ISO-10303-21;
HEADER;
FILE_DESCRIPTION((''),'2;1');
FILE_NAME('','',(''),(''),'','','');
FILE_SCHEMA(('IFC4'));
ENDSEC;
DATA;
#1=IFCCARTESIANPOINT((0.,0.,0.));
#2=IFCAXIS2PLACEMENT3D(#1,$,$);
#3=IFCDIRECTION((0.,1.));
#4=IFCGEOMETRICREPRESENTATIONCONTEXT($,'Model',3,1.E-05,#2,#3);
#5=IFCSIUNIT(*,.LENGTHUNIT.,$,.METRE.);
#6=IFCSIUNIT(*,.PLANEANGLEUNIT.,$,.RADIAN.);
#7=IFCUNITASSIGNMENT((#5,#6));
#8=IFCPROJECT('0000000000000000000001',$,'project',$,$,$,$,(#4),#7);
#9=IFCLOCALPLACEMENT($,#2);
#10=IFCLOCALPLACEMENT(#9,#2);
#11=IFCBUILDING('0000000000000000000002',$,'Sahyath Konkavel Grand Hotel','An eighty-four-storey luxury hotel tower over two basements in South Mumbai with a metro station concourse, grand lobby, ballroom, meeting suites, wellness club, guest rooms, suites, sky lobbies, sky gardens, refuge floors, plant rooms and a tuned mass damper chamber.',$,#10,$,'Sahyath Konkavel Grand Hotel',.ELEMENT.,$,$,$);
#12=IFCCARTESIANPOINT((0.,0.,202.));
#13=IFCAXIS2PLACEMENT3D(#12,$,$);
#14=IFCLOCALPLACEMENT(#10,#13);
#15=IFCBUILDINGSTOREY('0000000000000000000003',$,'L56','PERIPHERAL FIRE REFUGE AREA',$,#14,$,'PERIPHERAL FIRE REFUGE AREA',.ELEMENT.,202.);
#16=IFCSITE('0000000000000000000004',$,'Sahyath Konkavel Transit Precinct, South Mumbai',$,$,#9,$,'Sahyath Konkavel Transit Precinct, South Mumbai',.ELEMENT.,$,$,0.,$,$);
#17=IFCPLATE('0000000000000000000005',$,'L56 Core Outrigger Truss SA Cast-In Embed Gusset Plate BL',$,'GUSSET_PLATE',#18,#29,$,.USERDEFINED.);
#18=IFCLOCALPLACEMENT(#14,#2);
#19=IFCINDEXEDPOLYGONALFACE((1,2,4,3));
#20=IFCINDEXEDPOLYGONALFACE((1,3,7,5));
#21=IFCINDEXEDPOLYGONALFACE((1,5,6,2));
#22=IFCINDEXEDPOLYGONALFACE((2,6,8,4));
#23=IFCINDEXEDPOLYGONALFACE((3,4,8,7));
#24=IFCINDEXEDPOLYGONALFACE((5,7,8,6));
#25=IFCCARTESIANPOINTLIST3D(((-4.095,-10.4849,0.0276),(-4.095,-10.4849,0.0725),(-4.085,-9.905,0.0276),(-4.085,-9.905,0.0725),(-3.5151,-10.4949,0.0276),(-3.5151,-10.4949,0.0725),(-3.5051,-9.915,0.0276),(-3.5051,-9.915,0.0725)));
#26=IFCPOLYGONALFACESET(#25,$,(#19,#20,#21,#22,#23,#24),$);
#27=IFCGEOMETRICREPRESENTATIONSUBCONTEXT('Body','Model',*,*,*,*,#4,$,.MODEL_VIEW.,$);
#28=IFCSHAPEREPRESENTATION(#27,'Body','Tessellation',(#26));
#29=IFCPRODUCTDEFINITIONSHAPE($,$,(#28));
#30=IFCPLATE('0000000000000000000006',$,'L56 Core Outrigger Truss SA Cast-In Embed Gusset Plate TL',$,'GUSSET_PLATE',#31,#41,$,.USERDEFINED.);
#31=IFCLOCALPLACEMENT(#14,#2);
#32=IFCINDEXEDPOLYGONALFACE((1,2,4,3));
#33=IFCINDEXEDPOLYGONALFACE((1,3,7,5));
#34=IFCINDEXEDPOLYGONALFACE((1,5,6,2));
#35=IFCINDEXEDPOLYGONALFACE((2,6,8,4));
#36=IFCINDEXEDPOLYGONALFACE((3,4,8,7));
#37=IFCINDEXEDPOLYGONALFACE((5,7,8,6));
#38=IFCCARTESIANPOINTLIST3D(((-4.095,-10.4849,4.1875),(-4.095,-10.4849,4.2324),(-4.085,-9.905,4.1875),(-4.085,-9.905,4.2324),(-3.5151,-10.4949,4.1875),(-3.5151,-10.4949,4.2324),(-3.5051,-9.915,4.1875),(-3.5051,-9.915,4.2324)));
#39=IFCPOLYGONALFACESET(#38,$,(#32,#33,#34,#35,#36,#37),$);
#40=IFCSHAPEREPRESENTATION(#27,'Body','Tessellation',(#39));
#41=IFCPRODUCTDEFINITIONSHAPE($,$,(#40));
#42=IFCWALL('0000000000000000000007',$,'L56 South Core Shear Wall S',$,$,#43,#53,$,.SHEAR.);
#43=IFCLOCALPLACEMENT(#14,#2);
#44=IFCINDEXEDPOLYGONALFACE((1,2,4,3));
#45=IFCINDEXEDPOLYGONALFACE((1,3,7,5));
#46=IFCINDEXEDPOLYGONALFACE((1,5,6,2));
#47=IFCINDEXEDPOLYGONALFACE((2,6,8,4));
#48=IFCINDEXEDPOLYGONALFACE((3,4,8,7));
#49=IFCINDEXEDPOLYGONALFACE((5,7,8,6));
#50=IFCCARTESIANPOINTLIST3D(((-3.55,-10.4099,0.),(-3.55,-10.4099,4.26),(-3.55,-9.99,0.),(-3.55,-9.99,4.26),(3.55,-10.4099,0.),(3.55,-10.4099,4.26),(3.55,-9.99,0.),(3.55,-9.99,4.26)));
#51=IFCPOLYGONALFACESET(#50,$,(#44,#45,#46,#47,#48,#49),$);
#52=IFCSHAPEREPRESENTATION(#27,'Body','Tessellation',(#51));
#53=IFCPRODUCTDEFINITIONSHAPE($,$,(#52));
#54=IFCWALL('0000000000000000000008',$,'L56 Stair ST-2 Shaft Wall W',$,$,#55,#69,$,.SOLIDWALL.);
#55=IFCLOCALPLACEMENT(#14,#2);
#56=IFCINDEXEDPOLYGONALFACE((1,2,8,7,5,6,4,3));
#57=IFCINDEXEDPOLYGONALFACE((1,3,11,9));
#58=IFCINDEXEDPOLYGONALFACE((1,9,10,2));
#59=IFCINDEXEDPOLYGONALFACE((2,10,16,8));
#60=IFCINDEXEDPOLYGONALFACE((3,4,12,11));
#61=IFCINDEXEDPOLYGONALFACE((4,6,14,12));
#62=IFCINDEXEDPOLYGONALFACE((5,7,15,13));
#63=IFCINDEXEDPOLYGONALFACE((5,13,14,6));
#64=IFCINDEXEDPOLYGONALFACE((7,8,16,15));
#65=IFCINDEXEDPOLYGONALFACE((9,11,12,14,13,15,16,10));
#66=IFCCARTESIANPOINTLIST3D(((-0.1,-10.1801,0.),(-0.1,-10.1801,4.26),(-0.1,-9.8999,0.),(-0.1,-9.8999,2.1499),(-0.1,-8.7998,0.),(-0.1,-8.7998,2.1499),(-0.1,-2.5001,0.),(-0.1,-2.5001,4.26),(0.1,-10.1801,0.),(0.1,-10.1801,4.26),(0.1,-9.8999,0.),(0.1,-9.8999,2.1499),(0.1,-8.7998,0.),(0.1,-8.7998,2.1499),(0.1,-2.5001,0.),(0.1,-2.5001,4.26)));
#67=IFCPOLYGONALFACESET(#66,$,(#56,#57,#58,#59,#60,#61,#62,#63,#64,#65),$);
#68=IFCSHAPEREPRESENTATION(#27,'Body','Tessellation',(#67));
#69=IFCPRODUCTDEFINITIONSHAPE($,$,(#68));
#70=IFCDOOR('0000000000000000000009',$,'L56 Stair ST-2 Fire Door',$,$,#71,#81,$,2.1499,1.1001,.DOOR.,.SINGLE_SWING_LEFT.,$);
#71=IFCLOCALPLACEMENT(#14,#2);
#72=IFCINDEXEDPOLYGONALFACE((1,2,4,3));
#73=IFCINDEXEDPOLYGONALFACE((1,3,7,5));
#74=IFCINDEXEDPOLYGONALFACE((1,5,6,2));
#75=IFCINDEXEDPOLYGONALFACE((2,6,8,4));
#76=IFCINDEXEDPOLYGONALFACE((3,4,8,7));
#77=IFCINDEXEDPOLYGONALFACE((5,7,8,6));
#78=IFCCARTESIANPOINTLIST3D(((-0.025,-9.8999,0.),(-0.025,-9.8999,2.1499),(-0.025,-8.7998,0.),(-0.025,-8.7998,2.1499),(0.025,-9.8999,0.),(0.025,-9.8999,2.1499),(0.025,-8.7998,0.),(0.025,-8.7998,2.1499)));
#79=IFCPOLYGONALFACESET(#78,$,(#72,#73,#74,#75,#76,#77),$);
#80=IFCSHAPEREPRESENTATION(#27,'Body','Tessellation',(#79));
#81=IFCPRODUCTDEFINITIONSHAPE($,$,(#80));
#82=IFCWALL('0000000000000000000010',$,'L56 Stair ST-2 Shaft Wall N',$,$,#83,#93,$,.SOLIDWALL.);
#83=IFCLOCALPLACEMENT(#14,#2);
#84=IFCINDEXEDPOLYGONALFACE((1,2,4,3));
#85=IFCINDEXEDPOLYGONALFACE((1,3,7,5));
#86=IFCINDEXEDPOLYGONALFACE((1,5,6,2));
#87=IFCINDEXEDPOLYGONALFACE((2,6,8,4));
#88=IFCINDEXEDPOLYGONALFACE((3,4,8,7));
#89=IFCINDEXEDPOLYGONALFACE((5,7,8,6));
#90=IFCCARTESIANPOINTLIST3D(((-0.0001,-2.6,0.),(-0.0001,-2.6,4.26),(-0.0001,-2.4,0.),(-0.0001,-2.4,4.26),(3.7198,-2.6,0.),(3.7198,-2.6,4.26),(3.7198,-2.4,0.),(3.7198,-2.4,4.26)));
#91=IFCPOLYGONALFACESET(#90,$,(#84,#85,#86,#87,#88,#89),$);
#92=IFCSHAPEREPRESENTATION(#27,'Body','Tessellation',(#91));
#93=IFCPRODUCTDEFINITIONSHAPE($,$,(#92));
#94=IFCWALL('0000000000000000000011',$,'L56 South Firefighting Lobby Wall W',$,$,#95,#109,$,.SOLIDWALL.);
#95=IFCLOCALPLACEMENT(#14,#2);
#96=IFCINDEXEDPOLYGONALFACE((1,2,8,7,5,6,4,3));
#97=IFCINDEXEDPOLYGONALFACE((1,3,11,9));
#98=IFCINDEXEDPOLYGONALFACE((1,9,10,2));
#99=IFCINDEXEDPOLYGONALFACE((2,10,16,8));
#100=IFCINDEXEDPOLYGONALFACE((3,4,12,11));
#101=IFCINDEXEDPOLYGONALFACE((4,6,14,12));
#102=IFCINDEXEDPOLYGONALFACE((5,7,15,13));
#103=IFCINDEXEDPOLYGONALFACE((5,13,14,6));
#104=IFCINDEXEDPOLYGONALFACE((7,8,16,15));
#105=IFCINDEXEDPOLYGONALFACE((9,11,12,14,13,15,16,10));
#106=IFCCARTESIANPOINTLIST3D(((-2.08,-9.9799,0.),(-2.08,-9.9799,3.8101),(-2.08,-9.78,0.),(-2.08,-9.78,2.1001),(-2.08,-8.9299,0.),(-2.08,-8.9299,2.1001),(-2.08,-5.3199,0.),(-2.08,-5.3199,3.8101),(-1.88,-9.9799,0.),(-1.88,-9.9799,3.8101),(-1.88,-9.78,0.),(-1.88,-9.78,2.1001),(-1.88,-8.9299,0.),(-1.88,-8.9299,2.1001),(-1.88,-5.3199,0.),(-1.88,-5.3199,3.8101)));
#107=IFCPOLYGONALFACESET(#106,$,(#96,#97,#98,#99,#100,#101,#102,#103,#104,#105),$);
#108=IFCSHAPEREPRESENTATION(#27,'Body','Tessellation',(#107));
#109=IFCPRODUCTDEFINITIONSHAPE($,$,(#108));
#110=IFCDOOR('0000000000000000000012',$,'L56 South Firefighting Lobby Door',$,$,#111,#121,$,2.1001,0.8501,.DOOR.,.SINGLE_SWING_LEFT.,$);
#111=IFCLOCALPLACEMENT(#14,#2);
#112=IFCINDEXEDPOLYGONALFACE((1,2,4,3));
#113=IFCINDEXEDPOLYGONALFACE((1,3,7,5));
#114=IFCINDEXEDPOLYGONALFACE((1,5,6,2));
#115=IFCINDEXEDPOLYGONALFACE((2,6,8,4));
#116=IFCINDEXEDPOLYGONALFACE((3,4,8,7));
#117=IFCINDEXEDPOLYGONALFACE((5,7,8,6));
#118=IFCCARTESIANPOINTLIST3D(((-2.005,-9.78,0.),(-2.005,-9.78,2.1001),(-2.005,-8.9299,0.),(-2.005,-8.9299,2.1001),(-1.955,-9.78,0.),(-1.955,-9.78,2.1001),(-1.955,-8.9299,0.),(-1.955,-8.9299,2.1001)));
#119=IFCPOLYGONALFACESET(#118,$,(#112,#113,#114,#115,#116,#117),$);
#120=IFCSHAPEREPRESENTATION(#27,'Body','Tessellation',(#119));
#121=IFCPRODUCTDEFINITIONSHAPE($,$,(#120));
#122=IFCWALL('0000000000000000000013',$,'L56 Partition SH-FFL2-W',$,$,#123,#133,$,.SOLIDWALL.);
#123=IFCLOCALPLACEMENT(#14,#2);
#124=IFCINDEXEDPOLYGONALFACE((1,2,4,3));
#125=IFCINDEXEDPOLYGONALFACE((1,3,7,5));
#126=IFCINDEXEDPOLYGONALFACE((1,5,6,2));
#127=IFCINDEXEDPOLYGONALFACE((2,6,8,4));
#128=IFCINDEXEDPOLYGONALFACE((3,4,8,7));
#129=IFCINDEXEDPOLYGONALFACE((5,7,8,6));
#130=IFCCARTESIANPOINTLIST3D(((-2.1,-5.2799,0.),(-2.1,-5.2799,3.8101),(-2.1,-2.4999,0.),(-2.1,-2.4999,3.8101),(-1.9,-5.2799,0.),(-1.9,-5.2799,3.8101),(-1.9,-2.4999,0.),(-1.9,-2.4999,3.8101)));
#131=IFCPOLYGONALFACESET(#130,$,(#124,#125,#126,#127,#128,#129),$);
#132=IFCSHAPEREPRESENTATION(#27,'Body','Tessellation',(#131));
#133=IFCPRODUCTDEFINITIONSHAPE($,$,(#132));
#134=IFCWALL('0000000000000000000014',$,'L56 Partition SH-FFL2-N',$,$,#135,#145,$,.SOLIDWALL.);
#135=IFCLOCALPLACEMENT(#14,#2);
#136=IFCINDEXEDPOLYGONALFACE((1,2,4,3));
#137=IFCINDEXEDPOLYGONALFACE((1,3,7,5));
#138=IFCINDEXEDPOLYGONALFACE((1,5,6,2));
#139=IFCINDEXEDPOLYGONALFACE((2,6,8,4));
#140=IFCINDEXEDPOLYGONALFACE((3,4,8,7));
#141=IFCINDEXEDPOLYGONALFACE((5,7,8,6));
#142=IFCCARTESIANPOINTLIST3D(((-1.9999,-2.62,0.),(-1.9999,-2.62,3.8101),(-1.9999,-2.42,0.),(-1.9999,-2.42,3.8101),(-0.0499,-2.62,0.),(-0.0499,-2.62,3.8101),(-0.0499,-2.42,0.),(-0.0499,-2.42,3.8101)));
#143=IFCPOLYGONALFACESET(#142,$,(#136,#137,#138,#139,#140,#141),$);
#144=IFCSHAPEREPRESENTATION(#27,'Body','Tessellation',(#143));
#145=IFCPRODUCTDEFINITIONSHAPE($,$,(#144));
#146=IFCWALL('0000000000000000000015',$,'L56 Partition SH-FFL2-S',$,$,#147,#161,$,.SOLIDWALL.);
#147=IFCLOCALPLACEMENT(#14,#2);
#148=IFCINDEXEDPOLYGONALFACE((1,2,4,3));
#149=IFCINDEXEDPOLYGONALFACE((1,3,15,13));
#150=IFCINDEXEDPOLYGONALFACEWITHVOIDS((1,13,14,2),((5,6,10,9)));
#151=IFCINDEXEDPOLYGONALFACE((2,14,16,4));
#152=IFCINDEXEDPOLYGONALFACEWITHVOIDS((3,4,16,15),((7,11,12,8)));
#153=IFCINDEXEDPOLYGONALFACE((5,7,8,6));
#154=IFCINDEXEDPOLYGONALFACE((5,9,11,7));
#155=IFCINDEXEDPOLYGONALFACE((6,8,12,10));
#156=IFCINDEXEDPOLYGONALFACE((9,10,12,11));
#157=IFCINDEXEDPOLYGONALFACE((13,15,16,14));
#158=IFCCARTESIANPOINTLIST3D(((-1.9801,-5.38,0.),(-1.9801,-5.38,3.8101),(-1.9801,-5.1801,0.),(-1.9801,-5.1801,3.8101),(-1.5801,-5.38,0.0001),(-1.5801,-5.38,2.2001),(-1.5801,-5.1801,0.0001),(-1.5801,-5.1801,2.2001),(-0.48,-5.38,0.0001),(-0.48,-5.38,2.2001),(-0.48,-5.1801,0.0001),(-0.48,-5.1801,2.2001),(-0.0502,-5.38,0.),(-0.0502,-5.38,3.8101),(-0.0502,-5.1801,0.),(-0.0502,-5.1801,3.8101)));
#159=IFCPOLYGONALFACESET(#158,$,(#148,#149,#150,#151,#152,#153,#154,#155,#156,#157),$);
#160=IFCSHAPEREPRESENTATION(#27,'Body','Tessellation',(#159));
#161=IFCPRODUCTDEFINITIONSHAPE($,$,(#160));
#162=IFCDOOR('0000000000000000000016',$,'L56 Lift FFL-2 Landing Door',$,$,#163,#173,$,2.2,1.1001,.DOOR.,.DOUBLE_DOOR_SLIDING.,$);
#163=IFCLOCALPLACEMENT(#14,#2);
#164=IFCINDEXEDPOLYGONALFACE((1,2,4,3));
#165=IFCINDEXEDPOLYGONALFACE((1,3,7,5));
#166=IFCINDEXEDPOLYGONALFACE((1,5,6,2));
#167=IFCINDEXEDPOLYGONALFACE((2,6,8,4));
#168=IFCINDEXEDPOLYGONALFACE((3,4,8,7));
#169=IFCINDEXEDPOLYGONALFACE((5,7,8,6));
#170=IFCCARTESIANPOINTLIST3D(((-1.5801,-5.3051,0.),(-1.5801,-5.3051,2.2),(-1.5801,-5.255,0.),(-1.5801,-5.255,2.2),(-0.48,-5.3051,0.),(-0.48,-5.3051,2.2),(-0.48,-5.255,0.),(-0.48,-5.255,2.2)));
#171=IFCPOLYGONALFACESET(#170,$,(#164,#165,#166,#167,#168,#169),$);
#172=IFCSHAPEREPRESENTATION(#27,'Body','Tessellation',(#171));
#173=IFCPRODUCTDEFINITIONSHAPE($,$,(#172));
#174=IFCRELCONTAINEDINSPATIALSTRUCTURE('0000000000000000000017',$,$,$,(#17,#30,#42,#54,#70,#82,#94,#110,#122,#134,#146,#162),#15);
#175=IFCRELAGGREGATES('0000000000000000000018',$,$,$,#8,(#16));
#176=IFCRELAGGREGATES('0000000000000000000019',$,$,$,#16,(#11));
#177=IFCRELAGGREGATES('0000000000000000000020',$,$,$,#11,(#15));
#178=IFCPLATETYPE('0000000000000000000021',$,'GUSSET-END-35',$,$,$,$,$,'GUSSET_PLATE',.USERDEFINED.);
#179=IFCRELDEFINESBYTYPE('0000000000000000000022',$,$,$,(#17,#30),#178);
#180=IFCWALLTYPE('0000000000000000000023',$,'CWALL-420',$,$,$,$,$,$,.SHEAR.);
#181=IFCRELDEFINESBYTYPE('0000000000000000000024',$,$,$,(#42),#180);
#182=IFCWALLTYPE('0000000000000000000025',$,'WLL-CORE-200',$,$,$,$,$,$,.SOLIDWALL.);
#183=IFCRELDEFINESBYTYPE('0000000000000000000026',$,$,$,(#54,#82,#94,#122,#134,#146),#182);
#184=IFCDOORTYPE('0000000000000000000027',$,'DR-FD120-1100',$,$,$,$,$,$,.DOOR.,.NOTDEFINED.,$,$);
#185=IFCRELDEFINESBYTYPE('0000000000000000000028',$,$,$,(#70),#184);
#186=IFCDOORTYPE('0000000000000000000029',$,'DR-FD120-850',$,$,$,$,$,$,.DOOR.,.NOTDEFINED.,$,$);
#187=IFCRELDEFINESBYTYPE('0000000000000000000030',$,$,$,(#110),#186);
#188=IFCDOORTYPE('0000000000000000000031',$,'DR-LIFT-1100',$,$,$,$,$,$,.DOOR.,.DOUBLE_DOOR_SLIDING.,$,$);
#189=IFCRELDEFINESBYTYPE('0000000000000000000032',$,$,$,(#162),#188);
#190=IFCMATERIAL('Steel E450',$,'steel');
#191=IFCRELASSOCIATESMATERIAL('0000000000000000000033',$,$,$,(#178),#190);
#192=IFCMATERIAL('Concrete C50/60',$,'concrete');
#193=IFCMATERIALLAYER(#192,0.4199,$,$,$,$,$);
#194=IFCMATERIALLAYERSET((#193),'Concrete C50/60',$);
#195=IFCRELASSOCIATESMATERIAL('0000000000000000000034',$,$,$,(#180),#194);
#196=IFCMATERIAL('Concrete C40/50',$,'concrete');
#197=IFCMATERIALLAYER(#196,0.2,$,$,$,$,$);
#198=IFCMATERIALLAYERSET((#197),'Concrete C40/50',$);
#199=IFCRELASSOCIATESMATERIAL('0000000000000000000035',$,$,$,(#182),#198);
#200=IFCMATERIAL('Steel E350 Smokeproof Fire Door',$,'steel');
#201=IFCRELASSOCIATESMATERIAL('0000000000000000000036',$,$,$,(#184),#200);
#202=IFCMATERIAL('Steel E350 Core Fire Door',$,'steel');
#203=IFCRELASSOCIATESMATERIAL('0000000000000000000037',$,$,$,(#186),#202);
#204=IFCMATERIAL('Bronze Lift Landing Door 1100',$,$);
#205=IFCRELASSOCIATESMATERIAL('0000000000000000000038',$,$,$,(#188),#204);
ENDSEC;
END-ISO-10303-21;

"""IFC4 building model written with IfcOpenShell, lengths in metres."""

from ifc_helpers import new_model, si_unit, direction, frame, frame_2d, origin, origin_2d, place, context, subcontext, project, spatial, rectangle, extrude, source, transform, mapped, material, layer, layer_set, type_object, element, fill, save


model = new_model("IFC4")

# Units and contexts
model_context = context("Model", 3, precision=1e-05, world=origin(), true_north=direction((0.0, 1.0)))
body_context = subcontext(model_context, "Body", "Model", "MODEL_VIEW")
ifc_project = project(units=[si_unit("LENGTHUNIT", "METRE"), si_unit("PLANEANGLEUNIT", "RADIAN")], contexts=[model_context])

# Site, building, storey
site_placement = place(None, origin())
site = spatial("IfcSite", under=ifc_project, at=site_placement, Name="Sahyath Konkavel Transit Precinct, South Mumbai", LongName="Sahyath Konkavel Transit Precinct, South Mumbai", CompositionType="ELEMENT", RefElevation=0.0)
building_placement = place(site_placement, origin())
building = spatial("IfcBuilding", under=site, at=building_placement, Name="Sahyath Konkavel Grand Hotel", Description="An eighty-four-storey luxury hotel tower over two basements in South Mumbai with a metro station concourse, grand lobby, ballroom, meeting suites, wellness club, guest rooms, suites, sky lobbies, sky gardens, refuge floors, plant rooms and a tuned mass damper chamber.", LongName="Sahyath Konkavel Grand Hotel", CompositionType="ELEMENT")
storey_placement = place(building_placement, frame((0.0, 0.0, 202.0)))
storey = spatial("IfcBuildingStorey", under=building, at=storey_placement, Name="L56", Description="PERIPHERAL FIRE REFUGE AREA", LongName="PERIPHERAL FIRE REFUGE AREA", CompositionType="ELEMENT", Elevation=202.0)

# Shared definitions
ifc_material_1 = material(Name="Concrete C50/60", Category="concrete")

# Shared definitions
ifc_material_2 = material(Name="Steel E450", Category="steel")

# Plates
plate_type = type_object("IfcPlateType", Name="GUSSET-END-35", ElementType="GUSSET_PLATE", PredefinedType="USERDEFINED", material=ifc_material_2)
shared_shape_1 = source(origin(), body_context, "Body", "SweptSolid", [
    extrude(rectangle(XDim=0.5801, YDim=0.5801, at=origin_2d()), origin(), (0.0, 0.0, 1.0), 0.0449),
])
for number, where, z_axis, x_axis, name in (
    (1, (-3.8, -10.2, 0.0276), (0.0, 0.0, 1.0), (-0.017243, -0.999851, 0.0), "L56 Core Outrigger Truss SA Cast-In Embed Gusset Plate BL"),
    (2, (-3.8, -10.2, 4.1875), (0.0, 0.0, 1.0), (-0.017243, -0.999851, 0.0), "L56 Core Outrigger Truss SA Cast-In Embed Gusset Plate TL"),
):
    element("IfcPlate", number, at=place(storey_placement, frame(where, z_axis=z_axis, x_axis=x_axis)), inside=storey, type_object=plate_type, Name=name, ObjectType="GUSSET_PLATE", PredefinedType="USERDEFINED", context=body_context, shape_type="MappedRepresentation", body=[
        mapped(shared_shape_1, transform((0.0, 0.0, 0.0), scale=1.0)),
    ])

# Wall
ifc_layer_1 = layer(ifc_material_1, 0.4199)
ifc_layer_set_1 = layer_set([ifc_layer_1], Name="Concrete C50/60")
wall_type_1 = type_object("IfcWallType", Name="CWALL-420", PredefinedType="SHEAR", material=ifc_layer_set_1)
wall_1_placement = place(storey_placement, frame((-3.55, -10.2, 0.0), z_axis=(0.0, 0.0, 1.0), x_axis=(1.0, 0.0, 0.0)))
element("IfcWall", 3, at=wall_1_placement, inside=storey, type_object=wall_type_1, Name="L56 South Core Shear Wall S", PredefinedType="SHEAR", context=body_context, shape_type="SweptSolid", body=[
    extrude(rectangle(XDim=7.1001, YDim=0.4199, at=frame_2d((3.55, 0.0))), origin(), (0.0, 0.0, 1.0), 4.26),
])

# Wall, opening, door
ifc_material_3 = material(Name="Concrete C40/50", Category="concrete")
ifc_layer_2 = layer(ifc_material_3, 0.2)
ifc_layer_set_2 = layer_set([ifc_layer_2], Name="Concrete C40/50")
wall_type_2 = type_object("IfcWallType", Name="WLL-CORE-200", PredefinedType="SOLIDWALL", material=ifc_layer_set_2)
wall_2_placement = place(storey_placement, frame((0.0, -10.1799, 0.0), z_axis=(0.0, 0.0, 1.0), x_axis=(0.0, 1.0, 0.0)))
wall_2 = element("IfcWall", 4, at=wall_2_placement, inside=storey, type_object=wall_type_2, Name="L56 Stair ST-2 Shaft Wall W", PredefinedType="SOLIDWALL", context=body_context, shape_type="SweptSolid", body=[
    extrude(rectangle(XDim=7.6799, YDim=0.2, at=frame_2d((3.8398, 0.0))), origin(), (0.0, 0.0, 1.0), 4.26),
])
opening_1_placement = place(wall_2_placement, frame((0.28, 0.0, 0.0)))
opening_1 = element("IfcOpeningElement", 5, at=opening_1_placement, cuts=wall_2, PredefinedType="OPENING", context=body_context, shape_type="SweptSolid", body=[
    extrude(rectangle(XDim=1.1001, YDim=2.1499, at=frame_2d((0.55, 1.075))), frame((0.0, 0.1099, 0.0), z_axis=(0.0, -1.0, 0.0), x_axis=(1.0, 0.0, 0.0)), (0.0, 0.0, 1.0), 0.22),
])
ifc_material_4 = material(Name="Steel E350 Smokeproof Fire Door", Category="steel")
door_type_1 = type_object("IfcDoorType", Name="DR-FD120-1100", OperationType="NOTDEFINED", PredefinedType="DOOR", material=ifc_material_4)
shared_shape_2 = source(origin(), body_context, "Body", "SweptSolid", [
    extrude(rectangle(XDim=1.1001, YDim=0.05, at=origin_2d()), origin(), (0.0, 0.0, 1.0), 2.1499),
])
door_1_placement = place(opening_1_placement, frame((0.55, 0.0, 0.0)))
door_1 = element("IfcDoor", 6, at=door_1_placement, inside=storey, type_object=door_type_1, Name="L56 Stair ST-2 Fire Door", OperationType="SINGLE_SWING_LEFT", OverallHeight=2.1499, OverallWidth=1.1001, PredefinedType="DOOR", context=body_context, shape_type="MappedRepresentation", body=[
    mapped(shared_shape_2, transform((0.0, 0.0, 0.0), scale=1.0)),
])
fill(opening_1, door_1)

# Wall
wall_3_placement = place(storey_placement, frame((0.0, -2.5, 0.0), z_axis=(0.0, 0.0, 1.0), x_axis=(1.0, 0.0, 0.0)))
element("IfcWall", 7, at=wall_3_placement, inside=storey, type_object=wall_type_2, Name="L56 Stair ST-2 Shaft Wall N", PredefinedType="SOLIDWALL", context=body_context, shape_type="SweptSolid", body=[
    extrude(rectangle(XDim=3.72, YDim=0.2, at=frame_2d((1.8599, 0.0))), origin(), (0.0, 0.0, 1.0), 4.26),
])

# Wall, opening, door
wall_4_placement = place(storey_placement, frame((-1.98, -9.98, 0.0), z_axis=(0.0, 0.0, 1.0), x_axis=(0.0, 1.0, 0.0)))
wall_4 = element("IfcWall", 8, at=wall_4_placement, inside=storey, type_object=wall_type_2, Name="L56 South Firefighting Lobby Wall W", PredefinedType="SOLIDWALL", context=body_context, shape_type="SweptSolid", body=[
    extrude(rectangle(XDim=4.6599, YDim=0.2, at=frame_2d((2.3301, 0.0))), origin(), (0.0, 0.0, 1.0), 3.8101),
])
opening_2_placement = place(wall_4_placement, frame((0.2, 0.0, 0.0)))
opening_2 = element("IfcOpeningElement", 9, at=opening_2_placement, cuts=wall_4, PredefinedType="OPENING", context=body_context, shape_type="SweptSolid", body=[
    extrude(rectangle(XDim=0.8501, YDim=2.1001, at=frame_2d((0.425, 1.05))), frame((0.0, 0.1099, 0.0), z_axis=(0.0, -1.0, 0.0), x_axis=(1.0, 0.0, 0.0)), (0.0, 0.0, 1.0), 0.22),
])
ifc_material_5 = material(Name="Steel E350 Core Fire Door", Category="steel")
door_type_2 = type_object("IfcDoorType", Name="DR-FD120-850", OperationType="NOTDEFINED", PredefinedType="DOOR", material=ifc_material_5)
shared_shape_3 = source(origin(), body_context, "Body", "SweptSolid", [
    extrude(rectangle(XDim=0.8501, YDim=0.05, at=origin_2d()), origin(), (0.0, 0.0, 1.0), 2.1001),
])
door_2_placement = place(opening_2_placement, frame((0.425, 0.0, 0.0)))
door_2 = element("IfcDoor", 10, at=door_2_placement, inside=storey, type_object=door_type_2, Name="L56 South Firefighting Lobby Door", OperationType="SINGLE_SWING_LEFT", OverallHeight=2.1001, OverallWidth=0.8501, PredefinedType="DOOR", context=body_context, shape_type="MappedRepresentation", body=[
    mapped(shared_shape_3, transform((0.0, 0.0, 0.0), scale=1.0)),
])
fill(opening_2, door_2)

# Walls
wall_5_placement = place(storey_placement, frame((-2.0, -5.28, 0.0), z_axis=(0.0, 0.0, 1.0), x_axis=(0.0, 1.0, 0.0)))
element("IfcWall", 11, at=wall_5_placement, inside=storey, type_object=wall_type_2, Name="L56 Partition SH-FFL2-W", PredefinedType="SOLIDWALL", context=body_context, shape_type="SweptSolid", body=[
    extrude(rectangle(XDim=2.78, YDim=0.2, at=frame_2d((1.3901, 0.0))), origin(), (0.0, 0.0, 1.0), 3.8101),
])
wall_6_placement = place(storey_placement, frame((-2.0, -2.52, 0.0), z_axis=(0.0, 0.0, 1.0), x_axis=(1.0, 0.0, 0.0)))
element("IfcWall", 12, at=wall_6_placement, inside=storey, type_object=wall_type_2, Name="L56 Partition SH-FFL2-N", PredefinedType="SOLIDWALL", context=body_context, shape_type="SweptSolid", body=[
    extrude(rectangle(XDim=1.95, YDim=0.2, at=frame_2d((0.9751, 0.0))), origin(), (0.0, 0.0, 1.0), 3.8101),
])

# Wall, opening, door
wall_7_placement = place(storey_placement, frame((-1.98, -5.28, 0.0), z_axis=(0.0, 0.0, 1.0), x_axis=(1.0, 0.0, 0.0)))
wall_7 = element("IfcWall", 13, at=wall_7_placement, inside=storey, type_object=wall_type_2, Name="L56 Partition SH-FFL2-S", PredefinedType="SOLIDWALL", context=body_context, shape_type="SweptSolid", body=[
    extrude(rectangle(XDim=1.9299, YDim=0.2, at=frame_2d((0.9648, 0.0))), origin(), (0.0, 0.0, 1.0), 3.8101),
])
opening_3_placement = place(wall_7_placement, frame((0.3999, 0.0, 0.0)))
opening_3 = element("IfcOpeningElement", 14, at=opening_3_placement, cuts=wall_7, PredefinedType="OPENING", context=body_context, shape_type="SweptSolid", body=[
    extrude(rectangle(XDim=1.1001, YDim=2.2, at=frame_2d((0.55, 1.1001))), frame((0.0, 0.1099, 0.0), z_axis=(0.0, -1.0, 0.0), x_axis=(1.0, 0.0, 0.0)), (0.0, 0.0, 1.0), 0.22),
])
ifc_material_6 = material(Name="Bronze Lift Landing Door 1100")
door_type_3 = type_object("IfcDoorType", Name="DR-LIFT-1100", OperationType="DOUBLE_DOOR_SLIDING", PredefinedType="DOOR", material=ifc_material_6)
shared_shape_4 = source(origin(), body_context, "Body", "SweptSolid", [
    extrude(rectangle(XDim=1.1001, YDim=0.05, at=origin_2d()), origin(), (0.0, 0.0, 1.0), 2.2),
])
door_3_placement = place(opening_3_placement, frame((0.55, 0.0, 0.0)))
door_3 = element("IfcDoor", 15, at=door_3_placement, inside=storey, type_object=door_type_3, Name="L56 Lift FFL-2 Landing Door", OperationType="DOUBLE_DOOR_SLIDING", OverallHeight=2.2, OverallWidth=1.1001, PredefinedType="DOOR", context=body_context, shape_type="MappedRepresentation", body=[
    mapped(shared_shape_4, transform((0.0, 0.0, 0.0), scale=1.0)),
])
fill(opening_3, door_3)

save(model, "model.ifc")
